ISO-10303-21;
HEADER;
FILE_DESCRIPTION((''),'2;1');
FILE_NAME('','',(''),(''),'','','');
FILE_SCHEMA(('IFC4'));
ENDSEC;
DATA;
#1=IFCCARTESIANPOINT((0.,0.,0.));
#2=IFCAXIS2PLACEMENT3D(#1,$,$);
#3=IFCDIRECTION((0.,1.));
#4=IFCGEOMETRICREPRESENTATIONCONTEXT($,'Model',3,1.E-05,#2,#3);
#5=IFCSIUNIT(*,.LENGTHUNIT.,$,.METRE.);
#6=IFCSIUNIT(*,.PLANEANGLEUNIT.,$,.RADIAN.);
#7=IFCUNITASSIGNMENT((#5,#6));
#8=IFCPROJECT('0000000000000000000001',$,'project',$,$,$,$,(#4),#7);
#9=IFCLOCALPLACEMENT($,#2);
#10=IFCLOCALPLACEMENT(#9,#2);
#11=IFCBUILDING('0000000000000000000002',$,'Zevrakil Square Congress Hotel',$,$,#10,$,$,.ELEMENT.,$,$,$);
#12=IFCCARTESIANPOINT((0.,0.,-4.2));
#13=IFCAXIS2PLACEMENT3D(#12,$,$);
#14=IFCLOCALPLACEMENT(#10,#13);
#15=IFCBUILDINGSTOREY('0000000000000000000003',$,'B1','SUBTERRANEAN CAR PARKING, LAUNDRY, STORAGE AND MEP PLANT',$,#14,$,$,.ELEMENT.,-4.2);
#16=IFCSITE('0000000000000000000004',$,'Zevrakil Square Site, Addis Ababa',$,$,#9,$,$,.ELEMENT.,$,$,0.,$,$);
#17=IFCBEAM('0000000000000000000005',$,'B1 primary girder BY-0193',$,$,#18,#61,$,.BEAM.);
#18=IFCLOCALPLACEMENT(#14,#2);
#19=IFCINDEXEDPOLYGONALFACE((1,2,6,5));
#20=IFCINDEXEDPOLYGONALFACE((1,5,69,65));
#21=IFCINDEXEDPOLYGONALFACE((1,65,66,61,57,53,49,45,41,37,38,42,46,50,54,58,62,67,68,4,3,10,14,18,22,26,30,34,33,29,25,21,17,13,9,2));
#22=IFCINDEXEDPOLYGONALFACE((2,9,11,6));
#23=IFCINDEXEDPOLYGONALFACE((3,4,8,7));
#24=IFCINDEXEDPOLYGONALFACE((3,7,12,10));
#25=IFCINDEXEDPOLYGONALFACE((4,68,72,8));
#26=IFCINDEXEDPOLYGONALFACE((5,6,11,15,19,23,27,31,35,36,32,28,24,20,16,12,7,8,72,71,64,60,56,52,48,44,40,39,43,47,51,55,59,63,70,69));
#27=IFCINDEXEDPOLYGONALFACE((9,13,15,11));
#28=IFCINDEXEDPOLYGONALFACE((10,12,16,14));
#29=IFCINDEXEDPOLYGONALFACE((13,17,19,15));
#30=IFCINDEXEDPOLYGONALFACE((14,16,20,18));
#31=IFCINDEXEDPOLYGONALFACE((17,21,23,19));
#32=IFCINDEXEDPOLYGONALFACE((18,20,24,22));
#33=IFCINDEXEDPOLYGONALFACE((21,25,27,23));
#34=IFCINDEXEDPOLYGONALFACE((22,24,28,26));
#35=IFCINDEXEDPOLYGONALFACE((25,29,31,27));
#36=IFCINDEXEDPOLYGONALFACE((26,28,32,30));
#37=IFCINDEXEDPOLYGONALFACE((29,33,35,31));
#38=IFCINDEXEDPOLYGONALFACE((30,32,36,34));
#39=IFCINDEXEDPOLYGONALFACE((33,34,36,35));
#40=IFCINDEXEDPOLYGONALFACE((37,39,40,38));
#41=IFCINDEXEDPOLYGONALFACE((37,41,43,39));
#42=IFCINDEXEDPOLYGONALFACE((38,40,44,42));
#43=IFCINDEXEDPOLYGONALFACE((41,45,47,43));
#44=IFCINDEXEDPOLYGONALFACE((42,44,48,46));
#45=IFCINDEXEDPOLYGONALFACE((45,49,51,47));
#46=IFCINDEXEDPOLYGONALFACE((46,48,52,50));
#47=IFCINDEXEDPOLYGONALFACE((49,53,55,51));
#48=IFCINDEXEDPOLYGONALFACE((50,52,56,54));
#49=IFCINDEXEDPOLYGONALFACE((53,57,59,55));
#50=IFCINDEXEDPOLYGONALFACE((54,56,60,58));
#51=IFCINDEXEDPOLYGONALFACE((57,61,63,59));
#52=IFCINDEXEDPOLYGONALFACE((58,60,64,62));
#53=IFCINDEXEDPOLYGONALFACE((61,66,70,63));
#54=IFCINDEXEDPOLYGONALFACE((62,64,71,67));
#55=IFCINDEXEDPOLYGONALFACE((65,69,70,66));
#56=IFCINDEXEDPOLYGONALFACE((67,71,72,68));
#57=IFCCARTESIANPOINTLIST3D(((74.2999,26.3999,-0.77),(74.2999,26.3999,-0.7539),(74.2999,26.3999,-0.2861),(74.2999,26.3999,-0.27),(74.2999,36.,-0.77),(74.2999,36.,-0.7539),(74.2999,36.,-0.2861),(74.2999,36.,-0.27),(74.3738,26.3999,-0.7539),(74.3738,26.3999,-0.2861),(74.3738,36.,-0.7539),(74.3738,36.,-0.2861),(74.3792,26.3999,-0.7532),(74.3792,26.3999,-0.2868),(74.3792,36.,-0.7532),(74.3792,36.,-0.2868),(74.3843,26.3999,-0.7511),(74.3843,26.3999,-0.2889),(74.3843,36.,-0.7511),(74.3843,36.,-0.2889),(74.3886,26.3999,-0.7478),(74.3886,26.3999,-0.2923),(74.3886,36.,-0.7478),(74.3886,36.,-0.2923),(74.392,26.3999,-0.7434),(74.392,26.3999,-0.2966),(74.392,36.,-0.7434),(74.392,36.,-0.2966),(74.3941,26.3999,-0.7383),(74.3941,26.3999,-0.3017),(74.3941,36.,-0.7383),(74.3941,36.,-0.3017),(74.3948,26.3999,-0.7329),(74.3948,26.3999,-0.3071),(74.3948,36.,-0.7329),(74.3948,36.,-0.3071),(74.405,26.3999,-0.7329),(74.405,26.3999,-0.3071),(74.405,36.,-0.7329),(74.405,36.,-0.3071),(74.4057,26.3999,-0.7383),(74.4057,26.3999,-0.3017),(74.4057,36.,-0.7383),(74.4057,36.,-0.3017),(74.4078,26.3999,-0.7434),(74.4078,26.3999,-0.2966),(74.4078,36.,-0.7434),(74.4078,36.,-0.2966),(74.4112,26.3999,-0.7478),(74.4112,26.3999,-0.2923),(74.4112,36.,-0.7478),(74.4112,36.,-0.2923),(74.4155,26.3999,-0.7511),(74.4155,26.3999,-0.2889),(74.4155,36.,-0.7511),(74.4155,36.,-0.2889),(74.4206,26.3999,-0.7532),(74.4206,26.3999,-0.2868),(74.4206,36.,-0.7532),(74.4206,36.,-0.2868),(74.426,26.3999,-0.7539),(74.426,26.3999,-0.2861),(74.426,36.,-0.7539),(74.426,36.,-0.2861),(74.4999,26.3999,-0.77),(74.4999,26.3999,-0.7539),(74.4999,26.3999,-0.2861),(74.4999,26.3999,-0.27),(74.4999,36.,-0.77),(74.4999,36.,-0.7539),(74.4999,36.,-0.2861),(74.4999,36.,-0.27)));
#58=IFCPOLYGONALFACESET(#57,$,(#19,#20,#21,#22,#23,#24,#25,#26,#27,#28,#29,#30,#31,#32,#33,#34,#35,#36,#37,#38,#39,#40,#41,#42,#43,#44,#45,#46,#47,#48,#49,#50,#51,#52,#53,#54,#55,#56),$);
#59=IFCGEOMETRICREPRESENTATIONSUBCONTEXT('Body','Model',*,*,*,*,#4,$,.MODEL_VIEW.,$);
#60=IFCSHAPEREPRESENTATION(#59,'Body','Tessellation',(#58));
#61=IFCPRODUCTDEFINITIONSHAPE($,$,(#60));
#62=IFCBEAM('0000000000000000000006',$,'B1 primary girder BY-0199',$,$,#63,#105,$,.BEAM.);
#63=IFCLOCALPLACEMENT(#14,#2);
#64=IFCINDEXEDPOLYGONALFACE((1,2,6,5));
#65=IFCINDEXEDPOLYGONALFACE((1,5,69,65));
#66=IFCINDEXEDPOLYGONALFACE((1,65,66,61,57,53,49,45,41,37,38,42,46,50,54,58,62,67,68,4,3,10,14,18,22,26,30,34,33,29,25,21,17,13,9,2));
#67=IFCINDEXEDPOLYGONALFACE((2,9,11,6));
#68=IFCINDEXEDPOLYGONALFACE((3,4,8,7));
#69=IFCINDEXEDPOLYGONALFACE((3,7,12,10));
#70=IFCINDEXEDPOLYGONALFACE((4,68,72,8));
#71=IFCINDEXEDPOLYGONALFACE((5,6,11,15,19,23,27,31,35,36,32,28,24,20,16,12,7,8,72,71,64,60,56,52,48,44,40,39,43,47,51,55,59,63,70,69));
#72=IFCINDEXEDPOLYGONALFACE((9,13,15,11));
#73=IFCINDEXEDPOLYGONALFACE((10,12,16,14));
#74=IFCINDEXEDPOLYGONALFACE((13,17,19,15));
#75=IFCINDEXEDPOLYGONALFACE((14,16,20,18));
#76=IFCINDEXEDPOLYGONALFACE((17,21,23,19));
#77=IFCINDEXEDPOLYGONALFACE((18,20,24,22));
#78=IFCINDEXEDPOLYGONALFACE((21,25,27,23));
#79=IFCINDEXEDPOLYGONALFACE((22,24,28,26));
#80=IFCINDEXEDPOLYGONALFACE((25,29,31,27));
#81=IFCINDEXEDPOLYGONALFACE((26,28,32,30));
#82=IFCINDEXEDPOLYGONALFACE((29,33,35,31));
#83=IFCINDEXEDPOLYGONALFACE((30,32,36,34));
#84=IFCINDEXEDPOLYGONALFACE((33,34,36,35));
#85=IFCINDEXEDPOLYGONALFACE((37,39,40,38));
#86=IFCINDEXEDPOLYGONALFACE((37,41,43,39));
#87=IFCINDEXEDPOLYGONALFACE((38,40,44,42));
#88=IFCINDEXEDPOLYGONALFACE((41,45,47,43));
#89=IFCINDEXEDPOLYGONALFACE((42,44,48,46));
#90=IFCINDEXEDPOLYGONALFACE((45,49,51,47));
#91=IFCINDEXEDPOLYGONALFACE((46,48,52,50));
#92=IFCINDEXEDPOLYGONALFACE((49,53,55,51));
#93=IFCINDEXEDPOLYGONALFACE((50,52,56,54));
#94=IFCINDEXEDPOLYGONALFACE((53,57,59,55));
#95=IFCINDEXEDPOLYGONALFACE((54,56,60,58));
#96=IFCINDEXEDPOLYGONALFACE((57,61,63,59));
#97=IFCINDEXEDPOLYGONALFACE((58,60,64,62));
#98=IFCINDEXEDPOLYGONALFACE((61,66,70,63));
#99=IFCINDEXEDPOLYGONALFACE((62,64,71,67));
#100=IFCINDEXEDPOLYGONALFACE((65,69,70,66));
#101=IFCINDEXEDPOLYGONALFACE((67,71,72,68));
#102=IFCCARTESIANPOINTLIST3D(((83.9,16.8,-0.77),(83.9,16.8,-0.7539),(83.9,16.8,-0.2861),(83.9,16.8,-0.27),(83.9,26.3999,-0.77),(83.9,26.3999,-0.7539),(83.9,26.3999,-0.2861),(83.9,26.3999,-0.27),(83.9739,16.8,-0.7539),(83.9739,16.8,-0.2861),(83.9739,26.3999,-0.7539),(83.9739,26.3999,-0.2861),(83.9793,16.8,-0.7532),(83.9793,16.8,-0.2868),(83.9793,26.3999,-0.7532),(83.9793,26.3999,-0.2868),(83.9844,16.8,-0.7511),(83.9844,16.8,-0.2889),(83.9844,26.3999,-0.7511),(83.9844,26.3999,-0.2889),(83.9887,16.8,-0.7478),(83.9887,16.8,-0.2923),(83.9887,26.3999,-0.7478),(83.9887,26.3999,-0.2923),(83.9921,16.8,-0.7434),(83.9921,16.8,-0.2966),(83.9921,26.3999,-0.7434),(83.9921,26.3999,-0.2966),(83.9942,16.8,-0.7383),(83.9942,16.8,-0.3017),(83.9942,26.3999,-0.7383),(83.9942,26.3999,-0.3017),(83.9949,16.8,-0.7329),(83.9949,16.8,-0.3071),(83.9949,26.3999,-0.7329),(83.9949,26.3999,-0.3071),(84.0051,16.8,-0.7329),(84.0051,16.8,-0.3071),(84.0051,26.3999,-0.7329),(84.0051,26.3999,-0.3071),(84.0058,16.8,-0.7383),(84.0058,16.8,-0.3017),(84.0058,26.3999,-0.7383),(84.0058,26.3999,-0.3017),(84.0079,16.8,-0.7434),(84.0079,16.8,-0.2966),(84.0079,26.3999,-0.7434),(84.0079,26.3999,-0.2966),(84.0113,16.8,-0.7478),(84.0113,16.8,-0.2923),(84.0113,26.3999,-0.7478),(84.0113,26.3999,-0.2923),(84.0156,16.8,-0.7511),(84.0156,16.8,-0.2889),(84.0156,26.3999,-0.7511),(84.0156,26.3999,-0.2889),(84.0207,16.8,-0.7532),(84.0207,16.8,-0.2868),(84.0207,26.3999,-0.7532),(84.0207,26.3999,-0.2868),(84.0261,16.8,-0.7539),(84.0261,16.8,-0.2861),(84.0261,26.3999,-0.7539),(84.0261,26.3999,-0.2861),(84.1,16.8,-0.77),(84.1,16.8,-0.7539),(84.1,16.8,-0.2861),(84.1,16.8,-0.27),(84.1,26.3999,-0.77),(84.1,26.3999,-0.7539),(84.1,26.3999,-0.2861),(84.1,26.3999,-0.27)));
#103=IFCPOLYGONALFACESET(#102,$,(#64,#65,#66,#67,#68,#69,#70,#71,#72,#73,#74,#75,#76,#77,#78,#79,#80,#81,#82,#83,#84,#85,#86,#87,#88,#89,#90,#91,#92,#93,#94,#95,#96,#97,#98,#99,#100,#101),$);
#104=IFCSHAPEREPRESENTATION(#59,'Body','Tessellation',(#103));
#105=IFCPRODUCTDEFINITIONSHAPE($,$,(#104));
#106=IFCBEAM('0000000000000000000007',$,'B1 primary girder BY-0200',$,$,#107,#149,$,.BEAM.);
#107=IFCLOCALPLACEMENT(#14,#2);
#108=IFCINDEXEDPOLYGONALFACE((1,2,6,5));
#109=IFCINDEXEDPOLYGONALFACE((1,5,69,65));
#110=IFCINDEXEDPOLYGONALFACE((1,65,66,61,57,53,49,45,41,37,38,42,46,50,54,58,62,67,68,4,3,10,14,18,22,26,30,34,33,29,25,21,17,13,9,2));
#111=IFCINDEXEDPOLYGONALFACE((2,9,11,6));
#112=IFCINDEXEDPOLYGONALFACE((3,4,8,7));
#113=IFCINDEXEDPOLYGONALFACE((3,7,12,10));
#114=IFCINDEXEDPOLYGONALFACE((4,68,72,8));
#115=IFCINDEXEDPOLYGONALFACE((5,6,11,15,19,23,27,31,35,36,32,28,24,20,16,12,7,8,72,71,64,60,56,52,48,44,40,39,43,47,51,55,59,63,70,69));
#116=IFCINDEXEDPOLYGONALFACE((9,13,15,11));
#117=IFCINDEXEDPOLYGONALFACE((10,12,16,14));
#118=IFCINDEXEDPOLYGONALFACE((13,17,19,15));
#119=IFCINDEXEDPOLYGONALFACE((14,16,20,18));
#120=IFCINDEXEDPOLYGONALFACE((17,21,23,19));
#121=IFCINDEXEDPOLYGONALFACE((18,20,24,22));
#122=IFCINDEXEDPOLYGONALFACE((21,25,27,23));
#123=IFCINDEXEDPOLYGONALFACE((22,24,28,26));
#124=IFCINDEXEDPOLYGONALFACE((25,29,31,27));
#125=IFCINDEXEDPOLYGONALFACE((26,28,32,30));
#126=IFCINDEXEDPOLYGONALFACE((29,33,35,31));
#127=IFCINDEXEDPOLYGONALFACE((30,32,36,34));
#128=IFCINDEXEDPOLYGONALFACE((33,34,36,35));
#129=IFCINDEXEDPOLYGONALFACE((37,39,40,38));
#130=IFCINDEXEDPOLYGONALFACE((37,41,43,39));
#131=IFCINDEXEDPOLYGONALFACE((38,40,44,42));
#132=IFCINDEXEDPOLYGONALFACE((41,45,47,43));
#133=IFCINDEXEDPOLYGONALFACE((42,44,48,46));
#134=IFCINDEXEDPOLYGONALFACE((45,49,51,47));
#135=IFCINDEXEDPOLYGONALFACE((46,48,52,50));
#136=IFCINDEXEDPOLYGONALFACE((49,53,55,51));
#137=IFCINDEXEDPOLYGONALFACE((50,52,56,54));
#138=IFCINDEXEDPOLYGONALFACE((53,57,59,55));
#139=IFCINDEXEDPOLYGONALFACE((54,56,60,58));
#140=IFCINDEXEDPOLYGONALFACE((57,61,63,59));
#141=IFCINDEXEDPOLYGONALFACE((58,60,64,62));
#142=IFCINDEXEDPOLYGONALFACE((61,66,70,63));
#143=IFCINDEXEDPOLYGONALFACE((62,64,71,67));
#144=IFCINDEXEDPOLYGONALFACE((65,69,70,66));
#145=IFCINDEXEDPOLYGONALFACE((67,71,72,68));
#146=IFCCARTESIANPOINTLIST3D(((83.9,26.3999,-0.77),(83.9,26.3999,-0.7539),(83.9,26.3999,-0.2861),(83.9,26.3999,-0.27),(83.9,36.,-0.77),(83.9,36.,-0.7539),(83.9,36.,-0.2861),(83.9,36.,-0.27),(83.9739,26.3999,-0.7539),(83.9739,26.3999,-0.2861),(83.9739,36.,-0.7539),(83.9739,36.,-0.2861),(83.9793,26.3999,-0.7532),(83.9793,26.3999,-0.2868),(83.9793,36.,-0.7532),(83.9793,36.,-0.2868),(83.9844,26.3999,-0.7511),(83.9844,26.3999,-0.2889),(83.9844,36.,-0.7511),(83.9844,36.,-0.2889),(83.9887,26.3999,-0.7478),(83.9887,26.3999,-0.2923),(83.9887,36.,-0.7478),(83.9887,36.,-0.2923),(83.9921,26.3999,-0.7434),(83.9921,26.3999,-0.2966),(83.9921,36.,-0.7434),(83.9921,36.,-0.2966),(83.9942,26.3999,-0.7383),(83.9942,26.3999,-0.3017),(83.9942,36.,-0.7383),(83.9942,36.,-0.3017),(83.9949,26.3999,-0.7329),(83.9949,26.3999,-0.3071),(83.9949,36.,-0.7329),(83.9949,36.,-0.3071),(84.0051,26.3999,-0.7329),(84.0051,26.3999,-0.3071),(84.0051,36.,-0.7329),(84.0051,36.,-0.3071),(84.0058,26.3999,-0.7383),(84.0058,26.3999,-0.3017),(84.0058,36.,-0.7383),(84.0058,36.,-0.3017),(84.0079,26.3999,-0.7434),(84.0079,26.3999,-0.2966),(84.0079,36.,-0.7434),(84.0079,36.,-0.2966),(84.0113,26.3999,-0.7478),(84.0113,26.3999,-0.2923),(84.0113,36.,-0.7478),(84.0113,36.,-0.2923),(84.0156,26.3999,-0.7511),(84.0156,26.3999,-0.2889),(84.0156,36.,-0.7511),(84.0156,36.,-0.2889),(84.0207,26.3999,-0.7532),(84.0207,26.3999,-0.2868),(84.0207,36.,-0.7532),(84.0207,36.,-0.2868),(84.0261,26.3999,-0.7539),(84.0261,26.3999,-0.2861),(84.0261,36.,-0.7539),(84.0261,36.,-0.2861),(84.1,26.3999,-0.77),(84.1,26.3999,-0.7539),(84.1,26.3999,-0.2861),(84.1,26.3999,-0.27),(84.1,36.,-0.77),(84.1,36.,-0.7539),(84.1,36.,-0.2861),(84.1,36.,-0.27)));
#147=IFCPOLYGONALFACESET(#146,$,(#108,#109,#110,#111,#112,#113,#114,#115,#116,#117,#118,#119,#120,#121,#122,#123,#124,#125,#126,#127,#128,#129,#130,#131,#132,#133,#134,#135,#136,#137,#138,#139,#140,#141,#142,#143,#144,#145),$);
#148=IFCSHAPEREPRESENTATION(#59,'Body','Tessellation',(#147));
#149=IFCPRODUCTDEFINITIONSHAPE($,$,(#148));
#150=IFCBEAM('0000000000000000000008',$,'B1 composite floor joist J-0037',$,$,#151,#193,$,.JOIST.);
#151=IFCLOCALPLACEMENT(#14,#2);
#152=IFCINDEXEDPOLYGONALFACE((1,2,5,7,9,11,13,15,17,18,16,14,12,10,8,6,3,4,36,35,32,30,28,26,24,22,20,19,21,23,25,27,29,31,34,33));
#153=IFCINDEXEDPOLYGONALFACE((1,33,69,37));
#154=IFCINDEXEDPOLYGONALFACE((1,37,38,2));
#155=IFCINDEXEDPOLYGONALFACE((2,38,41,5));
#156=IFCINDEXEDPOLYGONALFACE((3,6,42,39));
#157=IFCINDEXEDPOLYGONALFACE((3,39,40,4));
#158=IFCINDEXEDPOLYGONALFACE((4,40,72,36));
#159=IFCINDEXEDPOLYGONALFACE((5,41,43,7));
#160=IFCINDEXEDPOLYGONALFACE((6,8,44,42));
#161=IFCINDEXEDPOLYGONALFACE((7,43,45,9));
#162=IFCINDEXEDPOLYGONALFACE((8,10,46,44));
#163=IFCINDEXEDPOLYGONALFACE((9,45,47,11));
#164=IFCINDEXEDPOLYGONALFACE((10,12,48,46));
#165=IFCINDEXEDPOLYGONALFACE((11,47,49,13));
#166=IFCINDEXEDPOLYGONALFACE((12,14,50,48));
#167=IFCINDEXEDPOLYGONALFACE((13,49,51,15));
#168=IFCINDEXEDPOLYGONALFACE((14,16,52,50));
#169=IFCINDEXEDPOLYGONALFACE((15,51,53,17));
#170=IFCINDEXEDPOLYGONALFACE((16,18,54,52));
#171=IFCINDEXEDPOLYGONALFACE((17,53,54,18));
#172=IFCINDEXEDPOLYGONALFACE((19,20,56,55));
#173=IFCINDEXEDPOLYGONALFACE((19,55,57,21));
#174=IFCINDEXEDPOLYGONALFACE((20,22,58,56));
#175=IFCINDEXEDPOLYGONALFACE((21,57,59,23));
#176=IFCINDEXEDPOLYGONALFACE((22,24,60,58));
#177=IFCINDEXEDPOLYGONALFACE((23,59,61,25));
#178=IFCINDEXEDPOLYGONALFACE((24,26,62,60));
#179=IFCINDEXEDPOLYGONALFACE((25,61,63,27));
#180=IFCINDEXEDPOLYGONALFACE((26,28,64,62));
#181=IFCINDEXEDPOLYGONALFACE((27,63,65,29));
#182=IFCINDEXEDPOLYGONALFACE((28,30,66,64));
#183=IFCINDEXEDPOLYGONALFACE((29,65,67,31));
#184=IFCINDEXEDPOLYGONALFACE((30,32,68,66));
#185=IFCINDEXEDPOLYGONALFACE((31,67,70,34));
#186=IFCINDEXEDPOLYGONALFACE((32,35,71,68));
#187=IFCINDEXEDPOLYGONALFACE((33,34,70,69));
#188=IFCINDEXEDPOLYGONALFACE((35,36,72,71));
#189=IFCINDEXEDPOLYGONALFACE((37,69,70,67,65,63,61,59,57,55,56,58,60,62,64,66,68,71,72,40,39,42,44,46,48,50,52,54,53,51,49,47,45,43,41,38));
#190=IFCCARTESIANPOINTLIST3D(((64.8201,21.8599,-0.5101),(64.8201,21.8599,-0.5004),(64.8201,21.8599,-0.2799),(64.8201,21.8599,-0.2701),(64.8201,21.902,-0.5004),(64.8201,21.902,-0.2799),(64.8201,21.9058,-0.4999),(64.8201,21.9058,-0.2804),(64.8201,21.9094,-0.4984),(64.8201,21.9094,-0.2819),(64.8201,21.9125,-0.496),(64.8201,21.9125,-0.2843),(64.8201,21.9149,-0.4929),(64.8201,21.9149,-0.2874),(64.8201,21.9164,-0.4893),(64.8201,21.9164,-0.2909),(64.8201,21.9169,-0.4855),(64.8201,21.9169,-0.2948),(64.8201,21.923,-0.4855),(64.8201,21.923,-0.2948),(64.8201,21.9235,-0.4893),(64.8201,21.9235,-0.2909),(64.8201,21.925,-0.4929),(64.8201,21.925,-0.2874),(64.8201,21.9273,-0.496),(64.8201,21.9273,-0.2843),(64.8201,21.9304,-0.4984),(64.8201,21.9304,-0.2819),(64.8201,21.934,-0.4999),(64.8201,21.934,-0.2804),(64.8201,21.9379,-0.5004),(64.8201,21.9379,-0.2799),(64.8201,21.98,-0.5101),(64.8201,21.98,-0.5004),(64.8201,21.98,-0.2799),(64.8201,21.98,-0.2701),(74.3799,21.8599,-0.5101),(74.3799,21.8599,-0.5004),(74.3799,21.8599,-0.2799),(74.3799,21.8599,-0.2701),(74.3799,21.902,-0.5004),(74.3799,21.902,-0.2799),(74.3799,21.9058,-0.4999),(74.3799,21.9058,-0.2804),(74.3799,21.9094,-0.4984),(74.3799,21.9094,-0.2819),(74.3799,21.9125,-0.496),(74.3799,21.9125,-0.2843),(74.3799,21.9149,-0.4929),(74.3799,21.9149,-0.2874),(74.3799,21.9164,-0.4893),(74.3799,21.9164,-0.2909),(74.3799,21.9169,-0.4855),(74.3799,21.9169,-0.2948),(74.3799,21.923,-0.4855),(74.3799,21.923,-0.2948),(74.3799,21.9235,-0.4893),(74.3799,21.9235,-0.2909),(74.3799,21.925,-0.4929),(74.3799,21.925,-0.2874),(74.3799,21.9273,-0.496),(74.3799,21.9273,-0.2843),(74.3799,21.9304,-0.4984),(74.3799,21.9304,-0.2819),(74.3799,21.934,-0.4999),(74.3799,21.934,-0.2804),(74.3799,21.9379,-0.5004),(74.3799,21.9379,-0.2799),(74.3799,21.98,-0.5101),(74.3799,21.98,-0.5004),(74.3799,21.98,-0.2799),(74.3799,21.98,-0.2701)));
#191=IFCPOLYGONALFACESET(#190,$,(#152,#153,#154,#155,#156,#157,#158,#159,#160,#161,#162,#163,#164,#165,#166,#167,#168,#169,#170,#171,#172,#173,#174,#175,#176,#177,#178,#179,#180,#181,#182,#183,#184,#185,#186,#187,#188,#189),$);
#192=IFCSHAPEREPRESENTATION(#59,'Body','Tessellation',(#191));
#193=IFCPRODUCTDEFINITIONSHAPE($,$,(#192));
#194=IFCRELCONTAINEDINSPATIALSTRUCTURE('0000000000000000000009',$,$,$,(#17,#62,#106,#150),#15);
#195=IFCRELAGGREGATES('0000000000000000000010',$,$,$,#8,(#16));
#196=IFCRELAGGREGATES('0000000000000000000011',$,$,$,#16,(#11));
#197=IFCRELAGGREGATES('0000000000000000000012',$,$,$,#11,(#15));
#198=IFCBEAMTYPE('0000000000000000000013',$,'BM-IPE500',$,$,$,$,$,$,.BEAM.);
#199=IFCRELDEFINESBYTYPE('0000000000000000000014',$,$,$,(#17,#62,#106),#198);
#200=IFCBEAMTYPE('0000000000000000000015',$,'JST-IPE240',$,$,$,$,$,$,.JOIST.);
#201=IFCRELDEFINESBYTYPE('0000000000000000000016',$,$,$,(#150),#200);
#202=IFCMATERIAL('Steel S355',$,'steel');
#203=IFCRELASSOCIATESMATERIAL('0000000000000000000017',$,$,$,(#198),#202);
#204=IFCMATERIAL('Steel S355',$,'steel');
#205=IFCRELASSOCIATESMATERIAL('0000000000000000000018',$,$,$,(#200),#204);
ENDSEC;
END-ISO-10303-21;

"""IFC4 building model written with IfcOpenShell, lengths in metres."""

from ifc_helpers import new_model, si_unit, direction, frame, origin, origin_2d, place, context, subcontext, project, spatial, i_section, extrude, material, material_profile, profile_set, type_object, element, save


model = new_model("IFC4")

# Units and contexts
model_context = context("Model", 3, precision=1e-05, world=origin(), true_north=direction((0.0, 1.0)))
body_context = subcontext(model_context, "Body", "Model", "MODEL_VIEW")
ifc_project = project(units=[si_unit("LENGTHUNIT", "METRE"), si_unit("PLANEANGLEUNIT", "RADIAN")], contexts=[model_context])

# Site, building, storey
site_placement = place(None, origin())
site = spatial("IfcSite", under=ifc_project, at=site_placement, Name="Zevrakil Square Site, Addis Ababa", CompositionType="ELEMENT", RefElevation=0.0)
building_placement = place(site_placement, origin())
building = spatial("IfcBuilding", under=site, at=building_placement, Name="Zevrakil Square Congress Hotel", CompositionType="ELEMENT")
storey_placement = place(building_placement, frame((0.0, 0.0, -4.2)))
storey = spatial("IfcBuildingStorey", under=building, at=storey_placement, Name="B1", Description="SUBTERRANEAN CAR PARKING, LAUNDRY, STORAGE AND MEP PLANT", CompositionType="ELEMENT", Elevation=-4.2)

# Beams
ifc_material_1 = material(Name="Steel S355", Category="steel")
ifc_material_profile_1 = material_profile(ifc_material_1, i_section(OverallWidth=0.2, OverallDepth=0.5, WebThickness=0.0103, FlangeThickness=0.0161, FilletRadius=0.021, at=origin_2d()), Name="IPE 500")
ifc_profile_set_1 = profile_set([ifc_material_profile_1], Name="Steel S355")
beam_type_1 = type_object("IfcBeamType", Name="BM-IPE500", PredefinedType="BEAM", material=ifc_profile_set_1)
beam_1_placement = place(storey_placement, frame((74.3999, 26.3999, -0.52), z_axis=(0.0, 1.0, 0.0), x_axis=(-1.0, 0.0, 0.0)))
element("IfcBeam", 1, at=beam_1_placement, inside=storey, type_object=beam_type_1, Name="B1 primary girder BY-0193", PredefinedType="BEAM", context=body_context, shape_type="SweptSolid", body=[
    extrude(i_section(OverallWidth=0.2, OverallDepth=0.5, WebThickness=0.0103, FlangeThickness=0.0161, FilletRadius=0.021, at=origin_2d()), origin(), (0.0, 0.0, 1.0), 9.6001),
])
beam_2_placement = place(storey_placement, frame((84.0, 16.8, -0.52), z_axis=(0.0, 1.0, 0.0), x_axis=(-1.0, 0.0, 0.0)))
element("IfcBeam", 2, at=beam_2_placement, inside=storey, type_object=beam_type_1, Name="B1 primary girder BY-0199", PredefinedType="BEAM", context=body_context, shape_type="SweptSolid", body=[
    extrude(i_section(OverallWidth=0.2, OverallDepth=0.5, WebThickness=0.0103, FlangeThickness=0.0161, FilletRadius=0.021, at=origin_2d()), origin(), (0.0, 0.0, 1.0), 9.5999),
])
beam_3_placement = place(storey_placement, frame((84.0, 26.3999, -0.52), z_axis=(0.0, 1.0, 0.0), x_axis=(-1.0, 0.0, 0.0)))
element("IfcBeam", 3, at=beam_3_placement, inside=storey, type_object=beam_type_1, Name="B1 primary girder BY-0200", PredefinedType="BEAM", context=body_context, shape_type="SweptSolid", body=[
    extrude(i_section(OverallWidth=0.2, OverallDepth=0.5, WebThickness=0.0103, FlangeThickness=0.0161, FilletRadius=0.021, at=origin_2d()), origin(), (0.0, 0.0, 1.0), 9.6001),
])
ifc_material_2 = material(Name="Steel S355", Category="steel")
ifc_material_profile_2 = material_profile(ifc_material_2, i_section(OverallWidth=0.1201, OverallDepth=0.24, WebThickness=0.0061, FlangeThickness=0.0098, FilletRadius=0.0149, at=origin_2d()), Name="IPE 240")
ifc_profile_set_2 = profile_set([ifc_material_profile_2], Name="Steel S355")
beam_type_2 = type_object("IfcBeamType", Name="JST-IPE240", PredefinedType="JOIST", material=ifc_profile_set_2)
beam_4_placement = place(storey_placement, frame((64.8201, 21.9199, -0.3901), z_axis=(1.0, 0.0, 0.0), x_axis=(0.0, 1.0, 0.0)))
element("IfcBeam", 4, at=beam_4_placement, inside=storey, type_object=beam_type_2, Name="B1 composite floor joist J-0037", PredefinedType="JOIST", context=body_context, shape_type="SweptSolid", body=[
    extrude(i_section(OverallWidth=0.1201, OverallDepth=0.24, WebThickness=0.0061, FlangeThickness=0.0098, FilletRadius=0.0149, at=origin_2d()), origin(), (0.0, 0.0, 1.0), 9.5598),
])

save(model, "model.ifc")
